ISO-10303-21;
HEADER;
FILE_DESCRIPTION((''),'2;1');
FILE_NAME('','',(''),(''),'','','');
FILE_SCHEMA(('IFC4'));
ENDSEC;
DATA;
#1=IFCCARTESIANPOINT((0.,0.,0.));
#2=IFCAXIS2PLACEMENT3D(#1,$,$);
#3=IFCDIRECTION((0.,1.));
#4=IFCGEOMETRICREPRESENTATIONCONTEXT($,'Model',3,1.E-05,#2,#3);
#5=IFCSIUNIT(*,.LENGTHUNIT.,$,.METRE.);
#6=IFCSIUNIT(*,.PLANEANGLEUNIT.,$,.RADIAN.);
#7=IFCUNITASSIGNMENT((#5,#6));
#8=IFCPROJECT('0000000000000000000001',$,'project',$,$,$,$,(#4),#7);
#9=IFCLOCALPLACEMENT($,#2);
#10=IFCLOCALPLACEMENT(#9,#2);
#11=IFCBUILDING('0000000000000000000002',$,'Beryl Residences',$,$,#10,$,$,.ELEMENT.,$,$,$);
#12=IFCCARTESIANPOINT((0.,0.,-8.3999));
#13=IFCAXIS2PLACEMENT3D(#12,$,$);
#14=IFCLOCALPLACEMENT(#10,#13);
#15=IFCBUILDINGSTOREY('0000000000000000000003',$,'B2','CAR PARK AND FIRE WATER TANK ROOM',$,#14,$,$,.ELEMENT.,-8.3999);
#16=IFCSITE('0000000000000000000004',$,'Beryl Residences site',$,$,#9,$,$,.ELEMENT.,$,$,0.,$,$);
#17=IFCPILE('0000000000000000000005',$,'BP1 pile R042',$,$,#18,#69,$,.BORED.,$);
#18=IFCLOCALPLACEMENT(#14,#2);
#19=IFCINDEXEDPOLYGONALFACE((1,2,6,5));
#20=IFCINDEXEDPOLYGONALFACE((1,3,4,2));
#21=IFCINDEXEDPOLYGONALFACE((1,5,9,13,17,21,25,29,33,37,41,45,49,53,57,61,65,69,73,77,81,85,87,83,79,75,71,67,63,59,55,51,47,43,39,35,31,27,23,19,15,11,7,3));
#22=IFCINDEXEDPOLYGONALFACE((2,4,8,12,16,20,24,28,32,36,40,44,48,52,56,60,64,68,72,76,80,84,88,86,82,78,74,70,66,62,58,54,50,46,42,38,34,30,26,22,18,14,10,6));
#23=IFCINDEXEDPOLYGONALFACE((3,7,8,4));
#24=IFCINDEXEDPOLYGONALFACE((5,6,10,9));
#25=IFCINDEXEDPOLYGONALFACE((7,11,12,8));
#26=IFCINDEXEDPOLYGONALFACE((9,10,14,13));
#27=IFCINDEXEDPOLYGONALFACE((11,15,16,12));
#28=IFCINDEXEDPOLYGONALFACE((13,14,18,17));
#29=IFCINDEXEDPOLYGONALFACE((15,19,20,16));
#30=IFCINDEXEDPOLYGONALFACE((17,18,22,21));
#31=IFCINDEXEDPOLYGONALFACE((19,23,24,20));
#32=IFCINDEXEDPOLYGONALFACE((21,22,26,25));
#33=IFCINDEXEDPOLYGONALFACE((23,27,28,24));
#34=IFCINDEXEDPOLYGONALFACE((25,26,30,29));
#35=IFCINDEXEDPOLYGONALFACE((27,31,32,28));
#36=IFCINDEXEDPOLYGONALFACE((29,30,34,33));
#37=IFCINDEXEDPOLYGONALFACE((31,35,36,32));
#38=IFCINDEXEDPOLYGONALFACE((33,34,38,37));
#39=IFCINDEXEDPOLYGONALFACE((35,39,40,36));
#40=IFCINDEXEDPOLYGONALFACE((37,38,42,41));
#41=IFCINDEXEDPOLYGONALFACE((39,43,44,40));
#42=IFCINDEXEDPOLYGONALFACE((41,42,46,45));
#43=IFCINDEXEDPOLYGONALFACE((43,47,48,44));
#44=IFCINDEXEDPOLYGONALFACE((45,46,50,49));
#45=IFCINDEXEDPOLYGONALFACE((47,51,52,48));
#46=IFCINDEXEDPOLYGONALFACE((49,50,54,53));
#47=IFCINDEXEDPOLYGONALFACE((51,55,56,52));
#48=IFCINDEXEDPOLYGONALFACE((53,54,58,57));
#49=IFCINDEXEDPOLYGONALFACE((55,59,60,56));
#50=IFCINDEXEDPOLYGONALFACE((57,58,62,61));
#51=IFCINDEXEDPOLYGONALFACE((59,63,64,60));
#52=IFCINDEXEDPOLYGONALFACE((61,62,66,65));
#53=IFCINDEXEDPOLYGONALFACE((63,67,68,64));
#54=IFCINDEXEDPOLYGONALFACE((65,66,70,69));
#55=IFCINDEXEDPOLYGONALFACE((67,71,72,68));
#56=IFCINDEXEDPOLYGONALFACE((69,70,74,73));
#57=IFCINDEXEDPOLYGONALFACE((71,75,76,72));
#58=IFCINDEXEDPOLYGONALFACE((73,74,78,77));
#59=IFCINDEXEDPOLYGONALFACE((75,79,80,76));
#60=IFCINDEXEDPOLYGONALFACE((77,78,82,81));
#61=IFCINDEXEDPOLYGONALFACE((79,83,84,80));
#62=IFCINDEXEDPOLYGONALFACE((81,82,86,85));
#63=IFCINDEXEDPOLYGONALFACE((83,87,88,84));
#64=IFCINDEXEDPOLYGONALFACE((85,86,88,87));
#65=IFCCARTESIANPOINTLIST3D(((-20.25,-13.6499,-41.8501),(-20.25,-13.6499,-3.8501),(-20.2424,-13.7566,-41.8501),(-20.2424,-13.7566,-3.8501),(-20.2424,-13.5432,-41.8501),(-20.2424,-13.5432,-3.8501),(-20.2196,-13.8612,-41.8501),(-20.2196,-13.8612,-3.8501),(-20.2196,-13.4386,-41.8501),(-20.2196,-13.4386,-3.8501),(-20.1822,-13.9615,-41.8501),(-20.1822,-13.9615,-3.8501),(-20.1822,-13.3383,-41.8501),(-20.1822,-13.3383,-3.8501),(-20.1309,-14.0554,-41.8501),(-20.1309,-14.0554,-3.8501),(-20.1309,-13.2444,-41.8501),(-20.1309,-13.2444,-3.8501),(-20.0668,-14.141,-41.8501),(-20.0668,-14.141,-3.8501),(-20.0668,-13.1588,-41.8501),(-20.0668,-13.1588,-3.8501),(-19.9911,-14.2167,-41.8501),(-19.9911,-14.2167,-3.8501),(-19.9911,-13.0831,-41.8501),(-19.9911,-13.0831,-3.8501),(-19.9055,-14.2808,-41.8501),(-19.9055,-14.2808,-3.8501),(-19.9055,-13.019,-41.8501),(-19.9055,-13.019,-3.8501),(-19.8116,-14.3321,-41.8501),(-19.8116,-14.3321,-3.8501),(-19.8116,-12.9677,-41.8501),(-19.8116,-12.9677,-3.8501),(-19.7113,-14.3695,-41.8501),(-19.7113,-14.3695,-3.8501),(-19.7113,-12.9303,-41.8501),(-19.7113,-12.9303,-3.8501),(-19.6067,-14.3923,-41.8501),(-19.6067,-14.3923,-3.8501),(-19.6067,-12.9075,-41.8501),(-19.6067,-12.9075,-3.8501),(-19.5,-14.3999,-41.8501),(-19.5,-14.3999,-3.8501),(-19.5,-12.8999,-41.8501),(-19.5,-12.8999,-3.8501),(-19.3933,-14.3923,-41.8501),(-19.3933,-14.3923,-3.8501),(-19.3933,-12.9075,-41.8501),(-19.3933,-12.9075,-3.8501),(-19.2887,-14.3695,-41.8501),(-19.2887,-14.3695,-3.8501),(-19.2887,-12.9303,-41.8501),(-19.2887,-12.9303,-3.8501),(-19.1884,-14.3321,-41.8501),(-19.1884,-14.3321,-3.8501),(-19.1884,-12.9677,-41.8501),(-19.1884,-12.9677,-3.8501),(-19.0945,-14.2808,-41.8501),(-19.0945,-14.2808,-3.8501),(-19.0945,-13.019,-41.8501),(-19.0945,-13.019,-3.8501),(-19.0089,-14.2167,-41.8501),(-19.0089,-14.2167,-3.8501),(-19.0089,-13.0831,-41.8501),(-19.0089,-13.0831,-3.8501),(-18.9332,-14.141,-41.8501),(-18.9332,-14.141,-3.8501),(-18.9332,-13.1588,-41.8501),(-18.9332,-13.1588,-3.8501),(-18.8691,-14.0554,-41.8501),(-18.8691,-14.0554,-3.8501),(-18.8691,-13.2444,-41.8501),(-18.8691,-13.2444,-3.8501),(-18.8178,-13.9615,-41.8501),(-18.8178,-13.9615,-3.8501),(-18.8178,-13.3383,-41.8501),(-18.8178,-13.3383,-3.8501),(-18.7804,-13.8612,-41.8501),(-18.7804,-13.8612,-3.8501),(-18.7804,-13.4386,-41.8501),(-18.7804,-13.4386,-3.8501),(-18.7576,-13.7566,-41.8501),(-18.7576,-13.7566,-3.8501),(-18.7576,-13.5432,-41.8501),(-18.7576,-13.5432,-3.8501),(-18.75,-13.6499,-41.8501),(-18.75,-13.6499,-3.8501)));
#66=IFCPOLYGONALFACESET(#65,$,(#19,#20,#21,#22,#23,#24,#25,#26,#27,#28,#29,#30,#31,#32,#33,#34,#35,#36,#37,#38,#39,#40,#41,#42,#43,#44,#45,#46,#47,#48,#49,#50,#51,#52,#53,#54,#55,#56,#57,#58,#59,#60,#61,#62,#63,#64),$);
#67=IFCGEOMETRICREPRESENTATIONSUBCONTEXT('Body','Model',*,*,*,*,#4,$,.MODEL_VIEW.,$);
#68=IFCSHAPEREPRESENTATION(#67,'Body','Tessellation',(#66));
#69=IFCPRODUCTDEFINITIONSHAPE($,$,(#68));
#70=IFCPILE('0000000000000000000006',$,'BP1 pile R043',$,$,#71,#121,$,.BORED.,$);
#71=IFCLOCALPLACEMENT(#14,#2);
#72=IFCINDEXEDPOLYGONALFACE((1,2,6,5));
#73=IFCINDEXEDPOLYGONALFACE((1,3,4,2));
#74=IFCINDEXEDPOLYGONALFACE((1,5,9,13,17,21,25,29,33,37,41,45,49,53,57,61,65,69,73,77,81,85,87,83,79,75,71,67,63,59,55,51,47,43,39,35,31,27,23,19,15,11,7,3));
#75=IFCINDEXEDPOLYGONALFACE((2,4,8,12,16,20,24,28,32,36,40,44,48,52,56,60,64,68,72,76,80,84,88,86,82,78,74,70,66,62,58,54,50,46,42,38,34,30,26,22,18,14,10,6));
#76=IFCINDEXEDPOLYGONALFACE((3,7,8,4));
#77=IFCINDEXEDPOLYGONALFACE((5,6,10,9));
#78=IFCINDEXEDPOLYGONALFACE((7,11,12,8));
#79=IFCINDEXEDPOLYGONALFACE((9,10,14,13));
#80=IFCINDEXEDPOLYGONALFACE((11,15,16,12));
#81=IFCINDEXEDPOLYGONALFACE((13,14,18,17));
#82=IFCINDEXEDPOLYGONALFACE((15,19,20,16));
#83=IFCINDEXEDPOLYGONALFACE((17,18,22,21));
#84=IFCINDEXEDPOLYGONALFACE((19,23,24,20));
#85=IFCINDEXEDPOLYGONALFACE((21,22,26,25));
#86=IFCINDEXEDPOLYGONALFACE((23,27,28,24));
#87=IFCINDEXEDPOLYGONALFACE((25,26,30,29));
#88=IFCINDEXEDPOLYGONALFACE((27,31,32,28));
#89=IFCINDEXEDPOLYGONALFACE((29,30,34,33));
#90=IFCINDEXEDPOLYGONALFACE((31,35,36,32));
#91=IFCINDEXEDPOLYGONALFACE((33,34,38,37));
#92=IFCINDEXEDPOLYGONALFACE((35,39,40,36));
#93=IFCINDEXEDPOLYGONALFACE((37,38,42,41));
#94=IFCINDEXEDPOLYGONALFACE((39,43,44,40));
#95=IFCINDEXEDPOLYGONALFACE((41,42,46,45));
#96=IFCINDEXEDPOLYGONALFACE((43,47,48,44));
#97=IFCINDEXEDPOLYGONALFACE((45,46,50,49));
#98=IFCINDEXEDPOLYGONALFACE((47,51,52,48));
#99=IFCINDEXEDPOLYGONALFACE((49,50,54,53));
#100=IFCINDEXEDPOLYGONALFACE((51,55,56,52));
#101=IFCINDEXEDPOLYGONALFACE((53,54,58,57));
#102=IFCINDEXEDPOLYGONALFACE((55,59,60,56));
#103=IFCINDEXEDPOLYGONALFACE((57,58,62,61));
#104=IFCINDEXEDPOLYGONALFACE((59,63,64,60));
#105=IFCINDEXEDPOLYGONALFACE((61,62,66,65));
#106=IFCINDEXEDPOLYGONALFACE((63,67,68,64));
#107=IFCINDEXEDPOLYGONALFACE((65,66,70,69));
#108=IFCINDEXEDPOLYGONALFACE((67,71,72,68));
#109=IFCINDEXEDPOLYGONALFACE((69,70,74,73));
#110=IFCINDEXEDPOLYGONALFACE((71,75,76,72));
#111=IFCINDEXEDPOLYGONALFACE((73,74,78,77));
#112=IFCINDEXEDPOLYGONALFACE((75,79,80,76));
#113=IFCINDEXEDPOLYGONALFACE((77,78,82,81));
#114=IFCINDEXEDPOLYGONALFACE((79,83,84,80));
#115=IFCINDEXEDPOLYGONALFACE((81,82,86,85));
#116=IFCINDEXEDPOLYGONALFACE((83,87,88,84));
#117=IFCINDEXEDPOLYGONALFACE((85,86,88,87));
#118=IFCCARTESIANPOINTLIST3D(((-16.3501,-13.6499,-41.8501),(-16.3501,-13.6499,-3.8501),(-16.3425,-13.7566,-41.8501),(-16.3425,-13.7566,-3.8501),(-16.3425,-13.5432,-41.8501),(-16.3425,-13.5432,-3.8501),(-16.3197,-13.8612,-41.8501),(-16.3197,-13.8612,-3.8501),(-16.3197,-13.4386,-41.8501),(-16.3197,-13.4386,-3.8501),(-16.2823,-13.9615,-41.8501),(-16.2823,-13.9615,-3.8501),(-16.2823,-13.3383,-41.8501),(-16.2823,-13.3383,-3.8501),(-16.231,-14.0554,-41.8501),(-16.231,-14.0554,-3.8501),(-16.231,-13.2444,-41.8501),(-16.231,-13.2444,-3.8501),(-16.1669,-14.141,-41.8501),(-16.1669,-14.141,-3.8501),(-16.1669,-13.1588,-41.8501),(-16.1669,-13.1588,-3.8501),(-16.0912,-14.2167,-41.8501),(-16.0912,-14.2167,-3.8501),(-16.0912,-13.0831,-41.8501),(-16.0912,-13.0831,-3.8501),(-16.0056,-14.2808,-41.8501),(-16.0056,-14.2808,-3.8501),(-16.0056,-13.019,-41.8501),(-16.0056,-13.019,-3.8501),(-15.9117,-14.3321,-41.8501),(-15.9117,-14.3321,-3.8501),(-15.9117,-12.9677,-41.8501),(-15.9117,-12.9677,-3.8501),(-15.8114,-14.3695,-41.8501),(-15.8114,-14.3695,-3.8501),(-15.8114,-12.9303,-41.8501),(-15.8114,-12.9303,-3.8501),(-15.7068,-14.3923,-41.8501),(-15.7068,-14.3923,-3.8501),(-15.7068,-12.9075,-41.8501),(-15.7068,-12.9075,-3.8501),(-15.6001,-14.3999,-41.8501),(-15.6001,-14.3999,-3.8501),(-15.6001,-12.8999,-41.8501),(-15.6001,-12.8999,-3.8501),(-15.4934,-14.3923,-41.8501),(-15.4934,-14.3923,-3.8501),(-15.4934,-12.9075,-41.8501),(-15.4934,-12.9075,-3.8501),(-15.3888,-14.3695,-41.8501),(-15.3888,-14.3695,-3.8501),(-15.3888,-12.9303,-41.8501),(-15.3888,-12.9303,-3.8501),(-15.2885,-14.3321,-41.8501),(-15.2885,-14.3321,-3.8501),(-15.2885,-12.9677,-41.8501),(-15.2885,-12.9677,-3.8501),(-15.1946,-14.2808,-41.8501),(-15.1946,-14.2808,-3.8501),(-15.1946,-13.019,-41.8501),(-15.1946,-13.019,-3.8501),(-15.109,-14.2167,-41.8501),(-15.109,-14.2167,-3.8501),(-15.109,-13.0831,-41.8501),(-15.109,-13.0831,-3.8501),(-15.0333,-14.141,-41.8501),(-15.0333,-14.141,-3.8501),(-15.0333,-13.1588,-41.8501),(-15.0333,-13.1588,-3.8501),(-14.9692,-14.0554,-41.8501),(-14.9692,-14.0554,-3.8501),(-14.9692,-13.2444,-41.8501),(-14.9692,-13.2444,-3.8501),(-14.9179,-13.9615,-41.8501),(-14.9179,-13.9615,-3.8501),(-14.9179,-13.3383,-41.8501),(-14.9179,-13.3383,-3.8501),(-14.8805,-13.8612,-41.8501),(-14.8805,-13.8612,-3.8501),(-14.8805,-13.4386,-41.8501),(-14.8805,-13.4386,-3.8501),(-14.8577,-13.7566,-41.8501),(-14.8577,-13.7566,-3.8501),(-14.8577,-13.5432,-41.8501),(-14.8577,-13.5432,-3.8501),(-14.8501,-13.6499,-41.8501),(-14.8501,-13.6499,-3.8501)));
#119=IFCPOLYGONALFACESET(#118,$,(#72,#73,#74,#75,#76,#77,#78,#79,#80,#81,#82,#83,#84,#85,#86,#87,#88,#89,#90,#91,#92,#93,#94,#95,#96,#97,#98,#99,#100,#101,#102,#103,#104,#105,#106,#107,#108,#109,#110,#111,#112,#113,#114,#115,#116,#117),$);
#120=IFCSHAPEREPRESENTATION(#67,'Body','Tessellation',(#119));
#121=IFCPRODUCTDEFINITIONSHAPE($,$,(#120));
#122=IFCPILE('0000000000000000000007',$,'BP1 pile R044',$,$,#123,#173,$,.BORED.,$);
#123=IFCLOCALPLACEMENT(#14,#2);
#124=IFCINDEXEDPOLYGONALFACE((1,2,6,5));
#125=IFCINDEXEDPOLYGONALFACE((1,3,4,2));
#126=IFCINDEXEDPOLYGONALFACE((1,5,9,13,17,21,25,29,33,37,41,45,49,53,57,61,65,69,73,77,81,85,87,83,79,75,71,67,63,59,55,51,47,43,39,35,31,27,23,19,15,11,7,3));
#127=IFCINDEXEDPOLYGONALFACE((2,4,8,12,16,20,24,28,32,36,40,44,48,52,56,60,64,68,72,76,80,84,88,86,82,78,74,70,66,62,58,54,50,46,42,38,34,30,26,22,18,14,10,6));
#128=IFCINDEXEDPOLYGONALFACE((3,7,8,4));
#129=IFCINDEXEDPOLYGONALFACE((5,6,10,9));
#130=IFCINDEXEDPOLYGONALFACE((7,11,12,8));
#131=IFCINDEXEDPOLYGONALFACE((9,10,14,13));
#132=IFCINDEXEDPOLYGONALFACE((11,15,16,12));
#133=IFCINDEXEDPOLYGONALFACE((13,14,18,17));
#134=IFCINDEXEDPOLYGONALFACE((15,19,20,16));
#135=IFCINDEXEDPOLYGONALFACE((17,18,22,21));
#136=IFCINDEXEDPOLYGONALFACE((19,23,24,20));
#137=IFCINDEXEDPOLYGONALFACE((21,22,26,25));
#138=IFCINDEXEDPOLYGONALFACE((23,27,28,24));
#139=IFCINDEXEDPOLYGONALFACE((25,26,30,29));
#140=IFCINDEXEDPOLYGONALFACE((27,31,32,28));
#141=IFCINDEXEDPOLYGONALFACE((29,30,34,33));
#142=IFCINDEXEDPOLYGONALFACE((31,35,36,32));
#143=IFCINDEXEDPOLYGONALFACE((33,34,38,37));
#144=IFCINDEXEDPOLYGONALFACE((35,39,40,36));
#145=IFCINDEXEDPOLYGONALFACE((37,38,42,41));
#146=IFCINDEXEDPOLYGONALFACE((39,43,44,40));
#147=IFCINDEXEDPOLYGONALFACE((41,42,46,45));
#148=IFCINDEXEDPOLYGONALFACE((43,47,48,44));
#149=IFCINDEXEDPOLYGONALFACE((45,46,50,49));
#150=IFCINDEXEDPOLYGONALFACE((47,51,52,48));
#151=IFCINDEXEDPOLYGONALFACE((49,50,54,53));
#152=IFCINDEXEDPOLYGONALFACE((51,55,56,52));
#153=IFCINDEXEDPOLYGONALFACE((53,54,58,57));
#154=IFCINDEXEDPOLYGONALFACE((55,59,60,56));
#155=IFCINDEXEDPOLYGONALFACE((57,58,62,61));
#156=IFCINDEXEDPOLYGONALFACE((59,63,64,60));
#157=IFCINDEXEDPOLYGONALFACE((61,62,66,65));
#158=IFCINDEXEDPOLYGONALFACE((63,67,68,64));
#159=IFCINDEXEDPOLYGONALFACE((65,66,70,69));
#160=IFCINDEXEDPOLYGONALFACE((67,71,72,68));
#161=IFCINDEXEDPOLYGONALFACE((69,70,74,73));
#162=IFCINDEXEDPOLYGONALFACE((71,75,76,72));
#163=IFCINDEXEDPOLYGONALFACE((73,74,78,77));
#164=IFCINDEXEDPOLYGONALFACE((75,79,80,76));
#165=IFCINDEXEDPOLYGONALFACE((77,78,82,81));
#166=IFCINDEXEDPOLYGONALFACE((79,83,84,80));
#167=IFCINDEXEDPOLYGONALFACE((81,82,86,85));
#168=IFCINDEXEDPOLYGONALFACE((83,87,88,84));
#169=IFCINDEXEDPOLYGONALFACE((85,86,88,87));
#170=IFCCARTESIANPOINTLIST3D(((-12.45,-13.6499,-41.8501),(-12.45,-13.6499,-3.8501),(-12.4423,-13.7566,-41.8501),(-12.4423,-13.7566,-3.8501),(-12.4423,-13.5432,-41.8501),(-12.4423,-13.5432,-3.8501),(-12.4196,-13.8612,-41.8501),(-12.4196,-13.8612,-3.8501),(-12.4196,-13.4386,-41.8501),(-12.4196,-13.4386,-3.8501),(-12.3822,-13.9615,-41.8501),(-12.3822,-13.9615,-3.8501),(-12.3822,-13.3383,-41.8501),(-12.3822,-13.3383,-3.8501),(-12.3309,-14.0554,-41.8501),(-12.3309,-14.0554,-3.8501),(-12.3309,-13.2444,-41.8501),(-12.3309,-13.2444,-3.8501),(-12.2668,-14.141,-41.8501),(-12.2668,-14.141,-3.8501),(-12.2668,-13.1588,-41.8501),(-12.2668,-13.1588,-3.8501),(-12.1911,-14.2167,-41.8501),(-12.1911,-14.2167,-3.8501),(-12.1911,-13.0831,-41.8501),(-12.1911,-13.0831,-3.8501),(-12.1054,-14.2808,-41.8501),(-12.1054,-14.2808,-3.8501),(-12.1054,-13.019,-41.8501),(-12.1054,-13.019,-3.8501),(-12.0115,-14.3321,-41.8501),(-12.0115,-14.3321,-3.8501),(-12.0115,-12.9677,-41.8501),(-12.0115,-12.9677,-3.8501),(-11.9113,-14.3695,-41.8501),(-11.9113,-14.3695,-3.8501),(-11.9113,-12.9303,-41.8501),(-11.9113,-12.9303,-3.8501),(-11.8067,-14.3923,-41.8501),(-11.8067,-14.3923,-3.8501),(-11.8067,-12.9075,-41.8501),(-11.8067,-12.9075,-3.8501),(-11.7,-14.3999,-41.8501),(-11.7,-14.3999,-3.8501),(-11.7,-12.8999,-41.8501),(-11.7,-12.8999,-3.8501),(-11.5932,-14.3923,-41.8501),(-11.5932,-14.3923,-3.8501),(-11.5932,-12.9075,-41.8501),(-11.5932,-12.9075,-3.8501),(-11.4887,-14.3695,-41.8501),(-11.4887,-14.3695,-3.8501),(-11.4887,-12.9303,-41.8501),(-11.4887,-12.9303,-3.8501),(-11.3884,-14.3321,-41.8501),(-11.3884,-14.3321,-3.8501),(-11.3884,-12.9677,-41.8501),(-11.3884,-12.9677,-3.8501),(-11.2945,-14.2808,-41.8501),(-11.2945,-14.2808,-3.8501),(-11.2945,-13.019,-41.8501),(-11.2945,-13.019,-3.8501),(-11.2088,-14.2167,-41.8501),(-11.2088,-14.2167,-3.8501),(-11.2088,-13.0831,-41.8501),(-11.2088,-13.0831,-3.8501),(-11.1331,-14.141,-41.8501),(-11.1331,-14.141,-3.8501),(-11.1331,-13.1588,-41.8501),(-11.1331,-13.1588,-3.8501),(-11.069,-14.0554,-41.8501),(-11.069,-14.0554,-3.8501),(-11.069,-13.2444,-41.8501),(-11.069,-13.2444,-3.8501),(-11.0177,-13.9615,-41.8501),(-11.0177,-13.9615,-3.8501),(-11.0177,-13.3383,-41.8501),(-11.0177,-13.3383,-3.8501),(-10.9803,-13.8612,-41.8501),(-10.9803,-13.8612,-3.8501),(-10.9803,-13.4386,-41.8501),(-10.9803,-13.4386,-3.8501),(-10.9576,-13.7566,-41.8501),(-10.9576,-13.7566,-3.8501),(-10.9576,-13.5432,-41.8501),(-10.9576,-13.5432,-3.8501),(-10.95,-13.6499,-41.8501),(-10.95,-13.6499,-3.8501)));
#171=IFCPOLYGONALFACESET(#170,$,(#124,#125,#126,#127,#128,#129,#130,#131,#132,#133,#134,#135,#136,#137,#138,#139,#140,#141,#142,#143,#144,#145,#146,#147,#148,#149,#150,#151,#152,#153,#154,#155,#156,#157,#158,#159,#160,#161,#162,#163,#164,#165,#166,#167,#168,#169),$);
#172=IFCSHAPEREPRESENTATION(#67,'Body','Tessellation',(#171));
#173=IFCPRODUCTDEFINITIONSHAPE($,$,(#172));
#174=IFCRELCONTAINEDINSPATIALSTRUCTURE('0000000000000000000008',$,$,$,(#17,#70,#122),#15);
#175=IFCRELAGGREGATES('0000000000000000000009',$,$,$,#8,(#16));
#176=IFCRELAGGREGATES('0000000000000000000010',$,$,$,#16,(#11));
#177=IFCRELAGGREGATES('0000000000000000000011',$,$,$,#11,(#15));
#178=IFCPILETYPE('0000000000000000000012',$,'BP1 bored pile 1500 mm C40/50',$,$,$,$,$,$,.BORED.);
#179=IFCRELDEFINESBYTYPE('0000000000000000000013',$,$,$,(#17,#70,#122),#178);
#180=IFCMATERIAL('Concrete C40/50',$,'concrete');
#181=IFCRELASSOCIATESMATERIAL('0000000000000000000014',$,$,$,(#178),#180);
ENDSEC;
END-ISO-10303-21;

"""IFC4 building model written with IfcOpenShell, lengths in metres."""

from ifc_helpers import new_model, si_unit, direction, frame, origin, origin_2d, place, context, subcontext, project, spatial, circle, extrude, material, material_profile, profile_set, type_object, element, save


model = new_model("IFC4")

# Units and contexts
model_context = context("Model", 3, precision=1e-05, world=origin(), true_north=direction((0.0, 1.0)))
body_context = subcontext(model_context, "Body", "Model", "MODEL_VIEW")
ifc_project = project(units=[si_unit("LENGTHUNIT", "METRE"), si_unit("PLANEANGLEUNIT", "RADIAN")], contexts=[model_context])

# Site, building, storey
site_placement = place(None, origin())
site = spatial("IfcSite", under=ifc_project, at=site_placement, Name="Beryl Residences site", CompositionType="ELEMENT", RefElevation=0.0)
building_placement = place(site_placement, origin())
building = spatial("IfcBuilding", under=site, at=building_placement, Name="Beryl Residences", CompositionType="ELEMENT")
storey_placement = place(building_placement, frame((0.0, 0.0, -8.3999)))
storey = spatial("IfcBuildingStorey", under=building, at=storey_placement, Name="B2", Description="CAR PARK AND FIRE WATER TANK ROOM", CompositionType="ELEMENT", Elevation=-8.3999)

# Piles
ifc_material_1 = material(Name="Concrete C40/50", Category="concrete")
ifc_material_profile_1 = material_profile(ifc_material_1, circle(Radius=0.75, at=origin_2d()))
ifc_profile_set_1 = profile_set([ifc_material_profile_1], Name="Concrete C40/50")
pile_type = type_object("IfcPileType", Name="BP1 bored pile 1500 mm C40/50", PredefinedType="BORED", material=ifc_profile_set_1)
for number, where, z_axis, x_axis, name in (
    (1, (-19.5, -13.6499, -3.8501), (0.0, 0.0, -1.0), (1.0, 0.0, 0.0), "BP1 pile R042"),
    (2, (-15.6001, -13.6499, -3.8501), (0.0, 0.0, -1.0), (1.0, 0.0, 0.0), "BP1 pile R043"),
    (3, (-11.7, -13.6499, -3.8501), (0.0, 0.0, -1.0), (1.0, 0.0, 0.0), "BP1 pile R044"),
):
    element("IfcPile", number, at=place(storey_placement, frame(where, z_axis=z_axis, x_axis=x_axis)), inside=storey, type_object=pile_type, Name=name, PredefinedType="BORED", context=body_context, shape_type="SweptSolid", body=[
        extrude(circle(Radius=0.75, at=origin_2d()), origin(), (0.0, 0.0, 1.0), 38.0),
    ])

save(model, "model.ifc")
